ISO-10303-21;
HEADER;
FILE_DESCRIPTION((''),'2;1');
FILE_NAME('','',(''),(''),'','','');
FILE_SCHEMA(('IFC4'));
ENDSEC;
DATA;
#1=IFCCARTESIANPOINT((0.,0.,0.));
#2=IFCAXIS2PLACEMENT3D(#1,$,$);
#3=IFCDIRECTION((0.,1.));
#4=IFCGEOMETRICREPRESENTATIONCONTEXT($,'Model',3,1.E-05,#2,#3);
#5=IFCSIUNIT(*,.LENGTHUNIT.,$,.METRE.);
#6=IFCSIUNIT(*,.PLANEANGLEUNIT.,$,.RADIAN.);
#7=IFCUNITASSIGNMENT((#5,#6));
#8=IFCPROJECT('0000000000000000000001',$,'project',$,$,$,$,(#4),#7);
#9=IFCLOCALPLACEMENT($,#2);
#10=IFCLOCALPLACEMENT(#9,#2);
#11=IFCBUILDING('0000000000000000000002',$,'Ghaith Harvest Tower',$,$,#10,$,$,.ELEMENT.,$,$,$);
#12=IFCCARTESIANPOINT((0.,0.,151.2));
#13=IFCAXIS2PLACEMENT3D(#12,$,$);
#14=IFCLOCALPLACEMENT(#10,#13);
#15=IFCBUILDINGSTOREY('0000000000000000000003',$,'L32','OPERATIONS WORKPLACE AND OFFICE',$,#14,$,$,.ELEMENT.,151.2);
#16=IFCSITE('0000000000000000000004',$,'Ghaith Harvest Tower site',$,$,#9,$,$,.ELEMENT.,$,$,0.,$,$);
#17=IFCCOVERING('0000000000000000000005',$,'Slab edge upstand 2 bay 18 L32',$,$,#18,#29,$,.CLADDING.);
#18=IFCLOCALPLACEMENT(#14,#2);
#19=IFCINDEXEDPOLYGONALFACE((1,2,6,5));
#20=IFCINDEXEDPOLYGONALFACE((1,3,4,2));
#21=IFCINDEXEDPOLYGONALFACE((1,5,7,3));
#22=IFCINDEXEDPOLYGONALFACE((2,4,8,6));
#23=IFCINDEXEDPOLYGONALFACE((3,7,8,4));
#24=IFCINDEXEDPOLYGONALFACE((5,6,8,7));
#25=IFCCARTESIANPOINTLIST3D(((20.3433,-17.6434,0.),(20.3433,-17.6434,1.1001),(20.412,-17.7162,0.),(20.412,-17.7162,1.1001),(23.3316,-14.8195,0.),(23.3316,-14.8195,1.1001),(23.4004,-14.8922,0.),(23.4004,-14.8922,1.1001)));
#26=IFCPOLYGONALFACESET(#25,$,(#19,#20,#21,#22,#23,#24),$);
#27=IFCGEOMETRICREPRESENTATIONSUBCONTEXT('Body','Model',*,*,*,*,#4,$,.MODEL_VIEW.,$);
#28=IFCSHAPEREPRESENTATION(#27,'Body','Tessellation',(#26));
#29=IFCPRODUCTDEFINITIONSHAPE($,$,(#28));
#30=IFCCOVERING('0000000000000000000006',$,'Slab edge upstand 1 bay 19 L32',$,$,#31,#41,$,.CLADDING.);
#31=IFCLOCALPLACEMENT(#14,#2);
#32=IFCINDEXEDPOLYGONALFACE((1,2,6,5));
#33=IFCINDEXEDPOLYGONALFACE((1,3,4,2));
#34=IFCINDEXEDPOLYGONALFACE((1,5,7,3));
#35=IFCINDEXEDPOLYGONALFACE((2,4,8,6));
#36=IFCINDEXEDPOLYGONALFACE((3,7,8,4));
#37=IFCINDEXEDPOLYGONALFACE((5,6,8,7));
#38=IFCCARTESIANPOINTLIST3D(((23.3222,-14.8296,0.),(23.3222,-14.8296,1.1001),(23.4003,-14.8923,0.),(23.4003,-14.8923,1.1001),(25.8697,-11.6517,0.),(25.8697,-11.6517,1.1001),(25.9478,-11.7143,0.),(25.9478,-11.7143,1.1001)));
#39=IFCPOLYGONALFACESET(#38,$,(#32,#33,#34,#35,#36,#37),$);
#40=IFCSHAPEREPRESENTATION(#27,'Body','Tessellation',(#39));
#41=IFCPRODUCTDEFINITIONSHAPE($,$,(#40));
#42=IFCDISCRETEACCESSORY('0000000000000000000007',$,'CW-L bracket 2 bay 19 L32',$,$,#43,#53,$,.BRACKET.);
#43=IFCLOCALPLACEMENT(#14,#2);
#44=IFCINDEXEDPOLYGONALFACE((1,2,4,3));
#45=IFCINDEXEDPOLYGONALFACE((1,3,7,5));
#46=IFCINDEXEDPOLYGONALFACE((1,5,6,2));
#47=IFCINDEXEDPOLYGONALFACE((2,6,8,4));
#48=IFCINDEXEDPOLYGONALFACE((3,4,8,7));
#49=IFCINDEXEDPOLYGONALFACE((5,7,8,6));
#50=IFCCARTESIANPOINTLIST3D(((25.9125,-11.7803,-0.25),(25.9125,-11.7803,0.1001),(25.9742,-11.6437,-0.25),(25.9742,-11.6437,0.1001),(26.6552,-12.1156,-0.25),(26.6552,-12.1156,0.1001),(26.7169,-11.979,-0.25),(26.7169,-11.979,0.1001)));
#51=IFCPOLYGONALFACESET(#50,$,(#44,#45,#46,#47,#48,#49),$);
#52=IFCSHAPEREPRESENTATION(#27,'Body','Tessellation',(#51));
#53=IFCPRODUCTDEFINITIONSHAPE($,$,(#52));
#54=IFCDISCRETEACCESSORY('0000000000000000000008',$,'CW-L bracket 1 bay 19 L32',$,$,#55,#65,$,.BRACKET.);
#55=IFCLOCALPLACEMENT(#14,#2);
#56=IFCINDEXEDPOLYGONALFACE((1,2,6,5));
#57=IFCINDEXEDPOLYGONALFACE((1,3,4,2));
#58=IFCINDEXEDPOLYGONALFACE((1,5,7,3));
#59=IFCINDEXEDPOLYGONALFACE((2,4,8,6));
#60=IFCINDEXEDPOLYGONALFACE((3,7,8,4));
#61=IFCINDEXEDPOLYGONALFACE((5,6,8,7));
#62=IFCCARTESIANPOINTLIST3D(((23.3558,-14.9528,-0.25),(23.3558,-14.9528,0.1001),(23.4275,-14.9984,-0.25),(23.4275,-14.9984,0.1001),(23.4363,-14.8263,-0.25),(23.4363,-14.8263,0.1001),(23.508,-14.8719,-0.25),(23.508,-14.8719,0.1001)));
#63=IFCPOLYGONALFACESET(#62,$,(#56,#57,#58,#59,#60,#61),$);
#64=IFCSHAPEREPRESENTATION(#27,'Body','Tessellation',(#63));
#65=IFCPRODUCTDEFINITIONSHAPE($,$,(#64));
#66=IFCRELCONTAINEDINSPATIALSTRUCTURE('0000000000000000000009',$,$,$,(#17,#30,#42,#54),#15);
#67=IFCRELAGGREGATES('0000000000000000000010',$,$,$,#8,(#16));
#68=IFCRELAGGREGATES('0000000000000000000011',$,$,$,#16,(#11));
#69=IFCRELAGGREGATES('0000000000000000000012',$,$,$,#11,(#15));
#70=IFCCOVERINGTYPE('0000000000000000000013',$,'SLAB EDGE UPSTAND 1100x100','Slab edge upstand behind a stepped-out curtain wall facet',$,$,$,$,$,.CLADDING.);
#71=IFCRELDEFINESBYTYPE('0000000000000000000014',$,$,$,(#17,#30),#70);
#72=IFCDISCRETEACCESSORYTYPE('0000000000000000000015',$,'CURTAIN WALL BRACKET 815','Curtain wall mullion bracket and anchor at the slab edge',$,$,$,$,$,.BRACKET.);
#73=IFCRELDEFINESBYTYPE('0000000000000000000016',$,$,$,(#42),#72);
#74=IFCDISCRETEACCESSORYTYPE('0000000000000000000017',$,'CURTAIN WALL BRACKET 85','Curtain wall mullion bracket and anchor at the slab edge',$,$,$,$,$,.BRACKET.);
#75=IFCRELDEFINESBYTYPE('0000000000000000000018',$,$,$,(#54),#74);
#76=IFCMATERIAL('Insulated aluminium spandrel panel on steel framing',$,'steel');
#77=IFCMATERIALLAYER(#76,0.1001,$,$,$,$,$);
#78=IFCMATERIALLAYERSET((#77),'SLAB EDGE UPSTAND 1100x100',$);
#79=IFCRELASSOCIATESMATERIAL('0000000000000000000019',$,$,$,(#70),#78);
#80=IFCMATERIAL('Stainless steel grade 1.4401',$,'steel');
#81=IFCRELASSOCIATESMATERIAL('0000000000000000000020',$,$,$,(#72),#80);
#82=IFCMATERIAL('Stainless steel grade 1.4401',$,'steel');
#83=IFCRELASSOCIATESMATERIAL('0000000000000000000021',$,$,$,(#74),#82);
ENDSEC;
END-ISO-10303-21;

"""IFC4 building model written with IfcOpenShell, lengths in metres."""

from ifc_helpers import new_model, si_unit, direction, frame, origin, origin_2d, place, context, subcontext, project, spatial, rectangle, extrude, material, layer, layer_set, type_object, element, save


model = new_model("IFC4")

# Units and contexts
model_context = context("Model", 3, precision=1e-05, world=origin(), true_north=direction((0.0, 1.0)))
body_context = subcontext(model_context, "Body", "Model", "MODEL_VIEW")
ifc_project = project(units=[si_unit("LENGTHUNIT", "METRE"), si_unit("PLANEANGLEUNIT", "RADIAN")], contexts=[model_context])

# Site, building, storey
site_placement = place(None, origin())
site = spatial("IfcSite", under=ifc_project, at=site_placement, Name="Ghaith Harvest Tower site", CompositionType="ELEMENT", RefElevation=0.0)
building_placement = place(site_placement, origin())
building = spatial("IfcBuilding", under=site, at=building_placement, Name="Ghaith Harvest Tower", CompositionType="ELEMENT")
storey_placement = place(building_placement, frame((0.0, 0.0, 151.2)))
storey = spatial("IfcBuildingStorey", under=building, at=storey_placement, Name="L32", Description="OPERATIONS WORKPLACE AND OFFICE", CompositionType="ELEMENT", Elevation=151.2)

# Coverings
ifc_material_1 = material(Name="Insulated aluminium spandrel panel on steel framing", Category="steel")
ifc_layer_1 = layer(ifc_material_1, 0.1001)
ifc_layer_set_1 = layer_set([ifc_layer_1], Name="SLAB EDGE UPSTAND 1100x100")
covering_type = type_object("IfcCoveringType", Name="SLAB EDGE UPSTAND 1100x100", Description="Slab edge upstand behind a stepped-out curtain wall facet", PredefinedType="CLADDING", material=ifc_layer_set_1)
covering_1_placement = place(storey_placement, frame((21.8718, -16.2678, 0.0), z_axis=(0.0, 0.0, 1.0), x_axis=(0.72681, 0.686839, 0.0)))
element("IfcCovering", 1, at=covering_1_placement, inside=storey, type_object=covering_type, Name="Slab edge upstand 2 bay 18 L32", PredefinedType="CLADDING", context=body_context, shape_type="SweptSolid", body=[
    extrude(rectangle(XDim=4.1116, YDim=0.1001, at=origin_2d()), origin(), (0.0, 0.0, 1.0), 1.1001),
])
covering_2_placement = place(storey_placement, frame((24.635, -13.272, 0.0), z_axis=(0.0, 0.0, 1.0), x_axis=(0.625468, 0.78025, 0.0)))
element("IfcCovering", 2, at=covering_2_placement, inside=storey, type_object=covering_type, Name="Slab edge upstand 1 bay 19 L32", PredefinedType="CLADDING", context=body_context, shape_type="SweptSolid", body=[
    extrude(rectangle(XDim=4.073, YDim=0.1001, at=origin_2d()), origin(), (0.0, 0.0, 1.0), 1.1001),
])

# Discrete accessories
ifc_material_2 = material(Name="Stainless steel grade 1.4401", Category="steel")
discrete_accessory_type_1 = type_object("IfcDiscreteAccessoryType", Name="CURTAIN WALL BRACKET 815", Description="Curtain wall mullion bracket and anchor at the slab edge", PredefinedType="BRACKET", material=ifc_material_2)
discrete_accessory_1_placement = place(storey_placement, frame((26.3147, -11.8796, -0.25), z_axis=(0.0, 0.0, 1.0), x_axis=(0.911427, -0.411462, 0.0)))
element("IfcDiscreteAccessory", 3, at=discrete_accessory_1_placement, inside=storey, type_object=discrete_accessory_type_1, Name="CW-L bracket 2 bay 19 L32", PredefinedType="BRACKET", context=body_context, shape_type="SweptSolid", body=[
    extrude(rectangle(XDim=0.8149, YDim=0.1499, at=origin_2d()), origin(), (0.0, 0.0, 1.0), 0.3501),
])
ifc_material_3 = material(Name="Stainless steel grade 1.4401", Category="steel")
discrete_accessory_type_2 = type_object("IfcDiscreteAccessoryType", Name="CURTAIN WALL BRACKET 85", Description="Curtain wall mullion bracket and anchor at the slab edge", PredefinedType="BRACKET", material=ifc_material_3)
discrete_accessory_2_placement = place(storey_placement, frame((23.4319, -14.9124, -0.25), z_axis=(0.0, 0.0, 1.0), x_axis=(0.843644, -0.536903, 0.0)))
element("IfcDiscreteAccessory", 4, at=discrete_accessory_2_placement, inside=storey, type_object=discrete_accessory_type_2, Name="CW-L bracket 1 bay 19 L32", PredefinedType="BRACKET", context=body_context, shape_type="SweptSolid", body=[
    extrude(rectangle(XDim=0.085, YDim=0.1499, at=origin_2d()), origin(), (0.0, 0.0, 1.0), 0.3501),
])

save(model, "model.ifc")
